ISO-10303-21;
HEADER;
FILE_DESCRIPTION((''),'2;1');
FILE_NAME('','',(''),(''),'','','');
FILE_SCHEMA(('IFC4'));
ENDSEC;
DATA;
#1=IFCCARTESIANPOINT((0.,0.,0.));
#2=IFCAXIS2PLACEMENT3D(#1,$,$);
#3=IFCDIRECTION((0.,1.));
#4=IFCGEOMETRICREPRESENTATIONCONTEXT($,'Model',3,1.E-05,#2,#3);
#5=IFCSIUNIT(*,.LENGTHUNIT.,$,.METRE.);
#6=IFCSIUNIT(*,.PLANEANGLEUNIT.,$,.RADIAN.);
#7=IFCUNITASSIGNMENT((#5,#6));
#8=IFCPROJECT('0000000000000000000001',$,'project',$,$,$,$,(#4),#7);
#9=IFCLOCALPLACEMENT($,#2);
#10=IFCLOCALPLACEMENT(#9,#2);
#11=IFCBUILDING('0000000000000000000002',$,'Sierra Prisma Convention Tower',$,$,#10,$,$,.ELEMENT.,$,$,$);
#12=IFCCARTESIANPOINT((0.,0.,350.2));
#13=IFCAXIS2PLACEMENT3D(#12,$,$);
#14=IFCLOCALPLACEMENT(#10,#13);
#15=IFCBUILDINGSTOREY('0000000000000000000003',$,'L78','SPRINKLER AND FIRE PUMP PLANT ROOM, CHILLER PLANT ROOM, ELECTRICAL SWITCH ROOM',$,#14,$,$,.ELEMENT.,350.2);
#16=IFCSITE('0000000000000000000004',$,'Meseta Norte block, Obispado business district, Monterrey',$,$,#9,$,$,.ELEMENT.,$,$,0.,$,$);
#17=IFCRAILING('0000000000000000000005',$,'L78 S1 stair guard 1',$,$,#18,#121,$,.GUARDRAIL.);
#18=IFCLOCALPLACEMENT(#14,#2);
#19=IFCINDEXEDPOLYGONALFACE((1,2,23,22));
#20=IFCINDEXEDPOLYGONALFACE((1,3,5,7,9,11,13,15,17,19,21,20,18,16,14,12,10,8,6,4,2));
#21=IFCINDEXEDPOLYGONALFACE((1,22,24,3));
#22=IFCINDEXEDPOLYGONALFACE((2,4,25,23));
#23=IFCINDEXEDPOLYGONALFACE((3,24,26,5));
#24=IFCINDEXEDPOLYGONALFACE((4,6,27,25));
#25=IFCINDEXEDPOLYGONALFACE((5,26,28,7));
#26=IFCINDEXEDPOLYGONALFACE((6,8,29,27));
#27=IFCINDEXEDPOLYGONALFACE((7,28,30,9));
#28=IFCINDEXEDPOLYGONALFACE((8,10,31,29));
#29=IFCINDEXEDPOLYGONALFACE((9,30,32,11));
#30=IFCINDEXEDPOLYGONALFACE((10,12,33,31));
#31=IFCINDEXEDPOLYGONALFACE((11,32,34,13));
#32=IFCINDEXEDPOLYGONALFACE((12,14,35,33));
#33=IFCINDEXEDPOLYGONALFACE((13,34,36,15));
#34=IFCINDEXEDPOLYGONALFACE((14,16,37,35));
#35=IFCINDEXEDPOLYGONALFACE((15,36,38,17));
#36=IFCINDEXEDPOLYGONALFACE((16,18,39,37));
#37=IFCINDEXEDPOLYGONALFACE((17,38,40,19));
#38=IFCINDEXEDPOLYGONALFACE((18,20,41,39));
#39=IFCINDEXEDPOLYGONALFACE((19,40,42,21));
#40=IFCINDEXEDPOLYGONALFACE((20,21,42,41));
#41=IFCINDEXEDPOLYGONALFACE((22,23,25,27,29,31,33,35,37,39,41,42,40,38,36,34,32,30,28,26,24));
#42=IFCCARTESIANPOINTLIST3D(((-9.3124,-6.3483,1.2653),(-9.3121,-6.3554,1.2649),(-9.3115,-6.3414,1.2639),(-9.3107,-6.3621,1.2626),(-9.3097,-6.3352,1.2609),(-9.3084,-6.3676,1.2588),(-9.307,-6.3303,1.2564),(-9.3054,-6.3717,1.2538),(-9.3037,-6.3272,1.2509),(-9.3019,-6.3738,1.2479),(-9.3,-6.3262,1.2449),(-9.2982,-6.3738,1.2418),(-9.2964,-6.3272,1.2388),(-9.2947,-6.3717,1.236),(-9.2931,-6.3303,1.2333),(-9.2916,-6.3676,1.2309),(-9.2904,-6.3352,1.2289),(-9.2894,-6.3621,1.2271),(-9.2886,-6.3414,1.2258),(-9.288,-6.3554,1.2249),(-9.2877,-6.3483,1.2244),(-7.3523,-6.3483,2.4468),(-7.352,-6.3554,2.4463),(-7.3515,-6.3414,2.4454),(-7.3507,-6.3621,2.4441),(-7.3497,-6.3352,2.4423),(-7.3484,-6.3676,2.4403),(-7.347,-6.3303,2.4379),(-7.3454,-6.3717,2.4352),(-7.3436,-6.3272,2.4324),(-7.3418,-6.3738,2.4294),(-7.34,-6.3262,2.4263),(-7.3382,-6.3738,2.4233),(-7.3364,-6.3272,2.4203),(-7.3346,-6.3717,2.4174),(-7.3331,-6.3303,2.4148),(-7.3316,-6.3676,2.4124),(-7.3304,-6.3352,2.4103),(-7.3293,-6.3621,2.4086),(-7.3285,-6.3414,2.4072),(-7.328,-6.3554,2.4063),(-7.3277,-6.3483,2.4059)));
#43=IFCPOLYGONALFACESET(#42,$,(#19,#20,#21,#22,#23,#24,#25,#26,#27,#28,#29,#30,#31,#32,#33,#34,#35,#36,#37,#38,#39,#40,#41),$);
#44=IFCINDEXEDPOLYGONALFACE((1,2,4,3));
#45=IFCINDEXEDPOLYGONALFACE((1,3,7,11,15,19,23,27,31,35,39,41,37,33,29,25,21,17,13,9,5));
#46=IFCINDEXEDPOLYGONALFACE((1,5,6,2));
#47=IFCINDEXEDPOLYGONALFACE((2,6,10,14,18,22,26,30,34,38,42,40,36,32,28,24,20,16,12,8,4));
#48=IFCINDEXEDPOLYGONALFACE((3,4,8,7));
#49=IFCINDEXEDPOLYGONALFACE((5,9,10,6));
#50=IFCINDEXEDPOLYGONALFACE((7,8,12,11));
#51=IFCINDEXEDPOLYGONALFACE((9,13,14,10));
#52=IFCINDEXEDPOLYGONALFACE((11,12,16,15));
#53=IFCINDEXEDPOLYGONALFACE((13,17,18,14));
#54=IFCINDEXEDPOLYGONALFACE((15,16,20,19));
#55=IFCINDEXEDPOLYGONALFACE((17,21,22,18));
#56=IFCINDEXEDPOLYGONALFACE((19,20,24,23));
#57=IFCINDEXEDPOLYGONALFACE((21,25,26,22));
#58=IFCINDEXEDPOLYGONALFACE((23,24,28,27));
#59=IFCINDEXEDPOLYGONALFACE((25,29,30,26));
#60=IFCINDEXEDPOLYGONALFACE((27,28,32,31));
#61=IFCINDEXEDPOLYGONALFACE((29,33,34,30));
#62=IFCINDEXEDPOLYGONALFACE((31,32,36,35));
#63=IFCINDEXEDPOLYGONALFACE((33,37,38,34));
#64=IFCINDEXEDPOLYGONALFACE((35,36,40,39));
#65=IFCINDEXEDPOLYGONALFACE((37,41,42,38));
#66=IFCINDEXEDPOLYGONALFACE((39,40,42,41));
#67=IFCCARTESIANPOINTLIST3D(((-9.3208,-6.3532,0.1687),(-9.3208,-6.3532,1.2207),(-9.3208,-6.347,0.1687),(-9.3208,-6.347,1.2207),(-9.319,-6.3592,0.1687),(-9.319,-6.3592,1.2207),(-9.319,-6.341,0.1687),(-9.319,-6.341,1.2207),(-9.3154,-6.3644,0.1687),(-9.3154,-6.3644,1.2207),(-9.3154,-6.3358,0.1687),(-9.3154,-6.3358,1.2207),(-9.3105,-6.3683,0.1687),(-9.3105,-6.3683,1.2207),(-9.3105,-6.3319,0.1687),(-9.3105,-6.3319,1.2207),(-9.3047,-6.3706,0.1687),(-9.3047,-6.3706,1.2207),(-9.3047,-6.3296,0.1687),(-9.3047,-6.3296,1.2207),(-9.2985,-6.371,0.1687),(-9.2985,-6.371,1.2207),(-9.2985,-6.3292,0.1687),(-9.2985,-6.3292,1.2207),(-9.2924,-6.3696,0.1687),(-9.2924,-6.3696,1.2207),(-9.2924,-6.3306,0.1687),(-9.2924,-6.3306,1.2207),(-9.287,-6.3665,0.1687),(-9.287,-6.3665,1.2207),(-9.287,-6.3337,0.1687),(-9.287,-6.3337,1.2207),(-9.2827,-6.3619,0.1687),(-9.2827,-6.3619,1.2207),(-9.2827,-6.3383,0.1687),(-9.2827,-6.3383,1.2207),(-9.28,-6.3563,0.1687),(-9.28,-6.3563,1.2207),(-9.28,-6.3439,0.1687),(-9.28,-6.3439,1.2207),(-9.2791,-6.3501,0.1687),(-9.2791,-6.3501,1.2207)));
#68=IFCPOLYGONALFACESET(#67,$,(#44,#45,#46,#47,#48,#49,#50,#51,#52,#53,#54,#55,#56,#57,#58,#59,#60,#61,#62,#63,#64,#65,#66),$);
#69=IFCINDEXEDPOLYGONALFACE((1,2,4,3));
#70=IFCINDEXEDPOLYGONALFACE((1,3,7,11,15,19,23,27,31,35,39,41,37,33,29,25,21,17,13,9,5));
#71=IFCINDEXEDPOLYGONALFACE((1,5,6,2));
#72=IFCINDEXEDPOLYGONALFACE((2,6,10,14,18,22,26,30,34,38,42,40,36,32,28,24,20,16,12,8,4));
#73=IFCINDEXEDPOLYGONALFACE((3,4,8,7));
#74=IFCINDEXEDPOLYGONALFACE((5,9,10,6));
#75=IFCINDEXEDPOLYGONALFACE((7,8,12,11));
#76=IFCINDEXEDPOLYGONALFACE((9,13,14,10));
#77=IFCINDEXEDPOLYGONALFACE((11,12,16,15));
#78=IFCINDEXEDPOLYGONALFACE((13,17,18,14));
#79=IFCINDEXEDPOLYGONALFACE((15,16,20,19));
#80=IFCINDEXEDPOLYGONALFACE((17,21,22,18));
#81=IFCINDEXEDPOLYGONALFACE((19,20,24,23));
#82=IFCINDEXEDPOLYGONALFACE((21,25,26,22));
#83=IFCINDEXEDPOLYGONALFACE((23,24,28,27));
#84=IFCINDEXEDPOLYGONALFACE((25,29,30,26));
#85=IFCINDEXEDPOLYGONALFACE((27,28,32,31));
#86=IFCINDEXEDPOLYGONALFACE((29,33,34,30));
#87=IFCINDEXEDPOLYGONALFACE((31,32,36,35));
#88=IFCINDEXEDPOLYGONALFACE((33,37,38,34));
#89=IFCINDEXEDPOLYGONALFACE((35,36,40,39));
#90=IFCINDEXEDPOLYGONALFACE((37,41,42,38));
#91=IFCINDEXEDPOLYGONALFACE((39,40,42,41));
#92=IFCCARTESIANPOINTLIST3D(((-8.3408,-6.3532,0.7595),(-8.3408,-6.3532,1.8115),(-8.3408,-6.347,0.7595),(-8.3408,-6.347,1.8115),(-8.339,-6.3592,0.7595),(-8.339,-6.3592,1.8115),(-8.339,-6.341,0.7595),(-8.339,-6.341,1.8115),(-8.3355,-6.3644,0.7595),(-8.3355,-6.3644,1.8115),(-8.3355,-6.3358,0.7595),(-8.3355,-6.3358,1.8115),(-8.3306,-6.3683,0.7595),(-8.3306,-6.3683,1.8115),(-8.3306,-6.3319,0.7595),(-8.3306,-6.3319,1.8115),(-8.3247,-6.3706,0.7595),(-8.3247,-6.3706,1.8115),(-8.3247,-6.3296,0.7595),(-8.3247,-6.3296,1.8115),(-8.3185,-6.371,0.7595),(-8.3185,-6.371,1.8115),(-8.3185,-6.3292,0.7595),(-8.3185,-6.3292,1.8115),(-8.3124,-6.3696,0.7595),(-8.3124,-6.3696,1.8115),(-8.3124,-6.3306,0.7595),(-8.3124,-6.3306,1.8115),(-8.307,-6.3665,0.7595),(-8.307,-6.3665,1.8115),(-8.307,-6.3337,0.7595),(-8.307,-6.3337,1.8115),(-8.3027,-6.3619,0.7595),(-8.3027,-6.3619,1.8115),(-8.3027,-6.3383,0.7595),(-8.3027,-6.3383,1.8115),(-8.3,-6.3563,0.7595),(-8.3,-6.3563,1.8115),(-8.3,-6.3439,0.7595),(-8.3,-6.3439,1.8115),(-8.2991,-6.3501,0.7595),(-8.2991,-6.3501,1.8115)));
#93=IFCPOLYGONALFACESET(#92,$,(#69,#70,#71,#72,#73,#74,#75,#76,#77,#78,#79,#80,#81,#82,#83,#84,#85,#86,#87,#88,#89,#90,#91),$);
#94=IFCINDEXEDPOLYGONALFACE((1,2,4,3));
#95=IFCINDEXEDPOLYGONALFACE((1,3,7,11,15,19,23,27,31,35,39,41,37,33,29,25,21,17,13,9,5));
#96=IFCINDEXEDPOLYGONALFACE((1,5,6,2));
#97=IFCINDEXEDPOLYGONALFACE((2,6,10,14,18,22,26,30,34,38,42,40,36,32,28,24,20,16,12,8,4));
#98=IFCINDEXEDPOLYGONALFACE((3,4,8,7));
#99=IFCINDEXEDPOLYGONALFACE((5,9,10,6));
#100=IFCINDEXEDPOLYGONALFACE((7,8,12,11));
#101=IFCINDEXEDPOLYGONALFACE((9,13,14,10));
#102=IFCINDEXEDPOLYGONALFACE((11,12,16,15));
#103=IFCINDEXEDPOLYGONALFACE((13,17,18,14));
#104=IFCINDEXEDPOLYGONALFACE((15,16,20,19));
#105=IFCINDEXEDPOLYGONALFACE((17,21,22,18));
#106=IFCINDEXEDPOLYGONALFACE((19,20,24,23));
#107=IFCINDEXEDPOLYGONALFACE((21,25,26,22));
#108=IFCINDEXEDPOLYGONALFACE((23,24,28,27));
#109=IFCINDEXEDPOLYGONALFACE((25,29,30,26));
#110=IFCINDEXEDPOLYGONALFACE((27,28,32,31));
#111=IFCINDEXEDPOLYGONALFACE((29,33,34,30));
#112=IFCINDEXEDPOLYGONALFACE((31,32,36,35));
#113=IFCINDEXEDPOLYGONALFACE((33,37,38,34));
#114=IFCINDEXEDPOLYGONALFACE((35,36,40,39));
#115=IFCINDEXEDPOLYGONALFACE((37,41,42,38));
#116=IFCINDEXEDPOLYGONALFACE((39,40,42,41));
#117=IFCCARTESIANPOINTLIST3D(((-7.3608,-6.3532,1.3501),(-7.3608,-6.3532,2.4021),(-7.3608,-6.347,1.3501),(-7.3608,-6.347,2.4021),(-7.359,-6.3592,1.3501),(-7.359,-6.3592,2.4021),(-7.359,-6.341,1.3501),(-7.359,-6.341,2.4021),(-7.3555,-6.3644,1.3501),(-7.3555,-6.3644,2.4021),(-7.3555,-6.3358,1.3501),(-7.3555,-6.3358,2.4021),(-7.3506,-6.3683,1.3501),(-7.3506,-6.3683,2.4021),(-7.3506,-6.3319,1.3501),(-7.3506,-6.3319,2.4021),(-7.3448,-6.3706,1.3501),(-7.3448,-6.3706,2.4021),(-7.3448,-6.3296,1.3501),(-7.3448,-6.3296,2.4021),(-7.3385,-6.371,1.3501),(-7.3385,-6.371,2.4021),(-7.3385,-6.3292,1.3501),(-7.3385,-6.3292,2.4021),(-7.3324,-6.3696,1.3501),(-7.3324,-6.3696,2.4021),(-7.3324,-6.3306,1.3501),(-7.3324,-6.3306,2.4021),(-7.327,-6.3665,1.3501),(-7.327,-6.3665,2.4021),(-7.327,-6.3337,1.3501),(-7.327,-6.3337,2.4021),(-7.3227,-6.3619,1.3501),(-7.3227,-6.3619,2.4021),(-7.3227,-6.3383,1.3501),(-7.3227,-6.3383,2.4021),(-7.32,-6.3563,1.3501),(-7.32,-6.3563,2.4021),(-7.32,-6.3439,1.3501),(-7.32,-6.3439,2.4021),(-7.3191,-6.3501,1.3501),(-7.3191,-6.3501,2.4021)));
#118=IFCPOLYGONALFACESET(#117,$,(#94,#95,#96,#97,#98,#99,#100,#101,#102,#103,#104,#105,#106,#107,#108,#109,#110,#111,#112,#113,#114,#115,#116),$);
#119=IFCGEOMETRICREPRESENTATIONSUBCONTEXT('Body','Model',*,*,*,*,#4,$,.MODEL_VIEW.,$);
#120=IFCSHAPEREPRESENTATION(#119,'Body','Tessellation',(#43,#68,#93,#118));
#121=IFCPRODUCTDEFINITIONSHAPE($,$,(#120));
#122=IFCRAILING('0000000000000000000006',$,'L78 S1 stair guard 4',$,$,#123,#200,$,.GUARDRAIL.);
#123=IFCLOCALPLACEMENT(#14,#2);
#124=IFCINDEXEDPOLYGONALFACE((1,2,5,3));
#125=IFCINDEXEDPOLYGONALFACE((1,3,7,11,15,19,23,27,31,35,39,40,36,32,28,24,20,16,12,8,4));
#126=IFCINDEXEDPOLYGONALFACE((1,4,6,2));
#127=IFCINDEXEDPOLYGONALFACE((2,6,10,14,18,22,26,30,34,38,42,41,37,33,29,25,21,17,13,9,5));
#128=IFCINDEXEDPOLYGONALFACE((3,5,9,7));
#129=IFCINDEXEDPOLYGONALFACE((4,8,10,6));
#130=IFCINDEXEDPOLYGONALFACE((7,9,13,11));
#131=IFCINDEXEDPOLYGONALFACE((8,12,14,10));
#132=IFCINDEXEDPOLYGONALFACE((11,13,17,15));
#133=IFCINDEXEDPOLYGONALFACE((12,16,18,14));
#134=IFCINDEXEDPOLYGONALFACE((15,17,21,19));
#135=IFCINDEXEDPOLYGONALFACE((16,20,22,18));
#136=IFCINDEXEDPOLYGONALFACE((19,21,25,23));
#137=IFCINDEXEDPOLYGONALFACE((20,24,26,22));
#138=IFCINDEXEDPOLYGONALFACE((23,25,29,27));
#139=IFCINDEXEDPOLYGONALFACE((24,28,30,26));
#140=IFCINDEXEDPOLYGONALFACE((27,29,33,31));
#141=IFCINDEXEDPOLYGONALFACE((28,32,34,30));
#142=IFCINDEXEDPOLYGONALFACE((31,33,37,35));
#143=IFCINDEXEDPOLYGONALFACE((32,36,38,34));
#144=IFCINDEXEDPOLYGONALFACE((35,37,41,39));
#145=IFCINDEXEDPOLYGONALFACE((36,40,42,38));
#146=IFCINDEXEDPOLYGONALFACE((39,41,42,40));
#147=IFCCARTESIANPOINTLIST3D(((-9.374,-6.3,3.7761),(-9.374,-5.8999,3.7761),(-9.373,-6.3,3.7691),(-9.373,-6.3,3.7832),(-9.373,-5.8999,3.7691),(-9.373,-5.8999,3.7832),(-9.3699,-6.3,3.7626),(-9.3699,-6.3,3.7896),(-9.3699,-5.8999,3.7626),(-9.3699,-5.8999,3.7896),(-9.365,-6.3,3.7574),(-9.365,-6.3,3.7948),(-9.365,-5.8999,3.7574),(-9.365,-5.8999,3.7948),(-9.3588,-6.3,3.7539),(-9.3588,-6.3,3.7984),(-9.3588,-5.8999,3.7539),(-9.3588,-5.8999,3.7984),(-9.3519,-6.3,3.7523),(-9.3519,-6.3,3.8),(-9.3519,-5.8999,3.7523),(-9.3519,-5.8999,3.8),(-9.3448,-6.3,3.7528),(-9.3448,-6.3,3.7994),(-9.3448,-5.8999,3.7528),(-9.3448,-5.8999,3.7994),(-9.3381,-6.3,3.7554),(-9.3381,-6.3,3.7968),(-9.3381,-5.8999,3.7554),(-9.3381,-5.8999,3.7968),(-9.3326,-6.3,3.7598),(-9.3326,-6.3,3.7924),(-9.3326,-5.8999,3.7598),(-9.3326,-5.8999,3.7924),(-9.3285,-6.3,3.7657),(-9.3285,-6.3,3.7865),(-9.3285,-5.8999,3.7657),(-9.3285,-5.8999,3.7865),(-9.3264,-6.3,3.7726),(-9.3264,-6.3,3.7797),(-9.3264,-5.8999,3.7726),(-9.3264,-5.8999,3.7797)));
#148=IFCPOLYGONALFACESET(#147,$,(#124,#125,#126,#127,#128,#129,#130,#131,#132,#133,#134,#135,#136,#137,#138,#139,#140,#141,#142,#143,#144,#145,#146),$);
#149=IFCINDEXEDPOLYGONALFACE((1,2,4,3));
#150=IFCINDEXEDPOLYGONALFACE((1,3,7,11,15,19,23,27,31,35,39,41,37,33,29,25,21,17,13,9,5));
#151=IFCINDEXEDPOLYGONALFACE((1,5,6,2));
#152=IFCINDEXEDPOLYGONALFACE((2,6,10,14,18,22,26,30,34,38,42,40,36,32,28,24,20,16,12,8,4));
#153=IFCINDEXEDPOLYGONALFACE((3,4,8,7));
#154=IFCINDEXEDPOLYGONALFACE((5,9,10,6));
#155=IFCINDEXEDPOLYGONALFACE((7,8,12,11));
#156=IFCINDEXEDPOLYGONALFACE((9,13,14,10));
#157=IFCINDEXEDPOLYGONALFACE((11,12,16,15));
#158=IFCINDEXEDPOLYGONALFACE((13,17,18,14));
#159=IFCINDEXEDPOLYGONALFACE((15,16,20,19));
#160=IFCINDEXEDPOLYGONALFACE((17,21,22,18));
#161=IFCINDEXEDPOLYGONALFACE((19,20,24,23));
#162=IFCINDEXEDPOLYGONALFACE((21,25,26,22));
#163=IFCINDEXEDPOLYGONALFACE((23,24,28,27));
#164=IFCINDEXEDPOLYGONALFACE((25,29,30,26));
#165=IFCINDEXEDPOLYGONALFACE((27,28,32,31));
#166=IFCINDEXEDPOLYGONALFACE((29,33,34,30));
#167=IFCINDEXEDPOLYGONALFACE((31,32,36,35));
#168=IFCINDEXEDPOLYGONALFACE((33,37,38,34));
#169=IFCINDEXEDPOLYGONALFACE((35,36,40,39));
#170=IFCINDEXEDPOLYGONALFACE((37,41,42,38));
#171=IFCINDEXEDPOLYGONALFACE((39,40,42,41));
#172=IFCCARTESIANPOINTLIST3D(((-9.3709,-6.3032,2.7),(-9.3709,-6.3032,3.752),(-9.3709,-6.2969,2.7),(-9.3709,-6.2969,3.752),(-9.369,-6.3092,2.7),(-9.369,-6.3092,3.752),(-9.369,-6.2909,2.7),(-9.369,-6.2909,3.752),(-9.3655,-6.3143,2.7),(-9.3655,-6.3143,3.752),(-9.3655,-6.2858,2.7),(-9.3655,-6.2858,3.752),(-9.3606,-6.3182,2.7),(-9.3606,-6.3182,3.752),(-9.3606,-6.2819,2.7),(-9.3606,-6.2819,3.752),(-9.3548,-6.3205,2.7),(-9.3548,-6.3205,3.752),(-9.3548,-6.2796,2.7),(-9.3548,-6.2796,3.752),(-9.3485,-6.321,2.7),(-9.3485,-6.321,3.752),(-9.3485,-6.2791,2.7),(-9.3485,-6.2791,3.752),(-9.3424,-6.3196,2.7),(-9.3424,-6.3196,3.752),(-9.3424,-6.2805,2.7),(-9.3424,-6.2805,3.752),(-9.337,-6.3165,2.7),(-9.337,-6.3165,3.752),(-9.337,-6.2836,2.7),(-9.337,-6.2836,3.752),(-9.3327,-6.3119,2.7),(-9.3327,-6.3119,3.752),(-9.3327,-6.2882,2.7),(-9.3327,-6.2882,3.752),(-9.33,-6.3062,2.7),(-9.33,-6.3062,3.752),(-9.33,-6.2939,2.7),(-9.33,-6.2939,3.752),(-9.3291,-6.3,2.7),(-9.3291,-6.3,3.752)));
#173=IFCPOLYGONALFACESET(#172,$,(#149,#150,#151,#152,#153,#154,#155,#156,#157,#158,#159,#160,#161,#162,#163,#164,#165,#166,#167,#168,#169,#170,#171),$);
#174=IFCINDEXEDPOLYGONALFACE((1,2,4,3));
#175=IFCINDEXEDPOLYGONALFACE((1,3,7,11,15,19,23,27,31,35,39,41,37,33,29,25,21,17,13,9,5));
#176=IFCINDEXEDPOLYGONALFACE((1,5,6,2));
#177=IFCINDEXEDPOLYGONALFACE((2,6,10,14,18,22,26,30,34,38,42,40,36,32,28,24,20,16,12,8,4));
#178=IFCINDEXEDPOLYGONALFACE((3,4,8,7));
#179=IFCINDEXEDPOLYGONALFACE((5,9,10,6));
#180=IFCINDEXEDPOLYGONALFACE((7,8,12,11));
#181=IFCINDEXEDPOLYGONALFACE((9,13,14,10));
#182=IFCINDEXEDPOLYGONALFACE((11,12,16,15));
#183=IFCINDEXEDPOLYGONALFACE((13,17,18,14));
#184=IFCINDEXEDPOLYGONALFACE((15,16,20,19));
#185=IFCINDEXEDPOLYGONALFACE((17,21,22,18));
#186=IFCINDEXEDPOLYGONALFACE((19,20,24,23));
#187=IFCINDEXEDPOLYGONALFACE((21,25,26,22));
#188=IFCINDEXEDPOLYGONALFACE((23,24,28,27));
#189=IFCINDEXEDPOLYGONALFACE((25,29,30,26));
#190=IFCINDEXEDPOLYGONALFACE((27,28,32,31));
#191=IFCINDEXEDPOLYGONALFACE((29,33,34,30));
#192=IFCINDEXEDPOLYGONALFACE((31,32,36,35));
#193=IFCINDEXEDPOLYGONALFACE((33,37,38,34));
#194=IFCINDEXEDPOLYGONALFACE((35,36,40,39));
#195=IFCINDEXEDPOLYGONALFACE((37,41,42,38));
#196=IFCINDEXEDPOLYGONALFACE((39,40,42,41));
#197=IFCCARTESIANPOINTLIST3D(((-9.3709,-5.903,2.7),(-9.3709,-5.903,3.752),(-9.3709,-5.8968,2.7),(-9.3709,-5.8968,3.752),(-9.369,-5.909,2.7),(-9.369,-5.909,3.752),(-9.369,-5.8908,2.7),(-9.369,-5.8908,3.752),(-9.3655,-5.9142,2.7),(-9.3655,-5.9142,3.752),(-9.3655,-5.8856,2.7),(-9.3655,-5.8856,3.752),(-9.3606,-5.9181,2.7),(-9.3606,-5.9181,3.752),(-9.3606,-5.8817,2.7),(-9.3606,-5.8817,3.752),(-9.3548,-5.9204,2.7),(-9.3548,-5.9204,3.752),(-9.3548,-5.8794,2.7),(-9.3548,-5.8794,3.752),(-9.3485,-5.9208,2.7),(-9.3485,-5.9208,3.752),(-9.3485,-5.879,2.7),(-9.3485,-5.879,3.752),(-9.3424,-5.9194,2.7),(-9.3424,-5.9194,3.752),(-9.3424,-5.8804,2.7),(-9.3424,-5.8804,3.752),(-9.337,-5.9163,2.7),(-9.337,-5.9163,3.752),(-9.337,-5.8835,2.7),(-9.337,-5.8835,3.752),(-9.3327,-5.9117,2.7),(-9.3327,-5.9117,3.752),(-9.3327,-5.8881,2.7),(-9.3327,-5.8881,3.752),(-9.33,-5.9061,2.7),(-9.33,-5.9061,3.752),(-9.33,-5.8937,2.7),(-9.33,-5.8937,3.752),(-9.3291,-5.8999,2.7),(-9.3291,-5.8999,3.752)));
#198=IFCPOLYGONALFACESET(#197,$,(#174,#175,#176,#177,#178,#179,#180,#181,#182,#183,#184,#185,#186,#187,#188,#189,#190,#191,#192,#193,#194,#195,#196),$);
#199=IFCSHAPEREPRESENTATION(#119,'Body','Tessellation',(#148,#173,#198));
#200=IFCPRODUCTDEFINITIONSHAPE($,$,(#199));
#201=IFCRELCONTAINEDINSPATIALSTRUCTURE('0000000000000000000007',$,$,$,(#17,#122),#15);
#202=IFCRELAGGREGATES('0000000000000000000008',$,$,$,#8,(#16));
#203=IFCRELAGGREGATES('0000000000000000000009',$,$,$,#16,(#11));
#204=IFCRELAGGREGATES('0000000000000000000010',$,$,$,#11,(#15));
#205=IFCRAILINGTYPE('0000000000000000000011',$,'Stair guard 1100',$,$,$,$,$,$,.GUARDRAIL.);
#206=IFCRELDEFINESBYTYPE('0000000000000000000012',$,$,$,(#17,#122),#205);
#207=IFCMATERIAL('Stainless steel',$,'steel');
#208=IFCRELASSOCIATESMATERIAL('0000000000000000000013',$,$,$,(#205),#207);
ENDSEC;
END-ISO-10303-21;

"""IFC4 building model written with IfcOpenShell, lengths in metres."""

from ifc_helpers import new_model, si_unit, direction, frame, origin, origin_2d, place, context, subcontext, project, spatial, circle, extrude, material, type_object, element, save


model = new_model("IFC4")

# Units and contexts
model_context = context("Model", 3, precision=1e-05, world=origin(), true_north=direction((0.0, 1.0)))
body_context = subcontext(model_context, "Body", "Model", "MODEL_VIEW")
ifc_project = project(units=[si_unit("LENGTHUNIT", "METRE"), si_unit("PLANEANGLEUNIT", "RADIAN")], contexts=[model_context])

# Site, building, storey
site_placement = place(None, origin())
site = spatial("IfcSite", under=ifc_project, at=site_placement, Name="Meseta Norte block, Obispado business district, Monterrey", CompositionType="ELEMENT", RefElevation=0.0)
building_placement = place(site_placement, origin())
building = spatial("IfcBuilding", under=site, at=building_placement, Name="Sierra Prisma Convention Tower", CompositionType="ELEMENT")
storey_placement = place(building_placement, frame((0.0, 0.0, 350.2)))
storey = spatial("IfcBuildingStorey", under=building, at=storey_placement, Name="L78", Description="SPRINKLER AND FIRE PUMP PLANT ROOM, CHILLER PLANT ROOM, ELECTRICAL SWITCH ROOM", CompositionType="ELEMENT", Elevation=350.2)

# Railings
ifc_material_1 = material(Name="Stainless steel", Category="steel")
railing_type = type_object("IfcRailingType", Name="Stair guard 1100", PredefinedType="GUARDRAIL", material=ifc_material_1)
railing_1_placement = place(storey_placement, frame((-9.3, -6.3501, 0.1687)))
element("IfcRailing", 1, at=railing_1_placement, inside=storey, type_object=railing_type, Name="L78 S1 stair guard 1", PredefinedType="GUARDRAIL", context=body_context, shape_type="SweptSolid", body=[
    extrude(circle(Radius=0.0239, at=origin_2d()), frame((0.0, 0.0, 1.0762), z_axis=(0.856446, 0.0, 0.516236), x_axis=(0.0, 1.0, 0.0)), (0.0, 0.0, 1.0), 2.2886),
    extrude(circle(Radius=0.021, at=origin_2d()), origin(), (0.0, 0.0, 1.0), 1.052),
    extrude(circle(Radius=0.021, at=origin_2d()), frame((0.98, 0.0, 0.5908)), (0.0, 0.0, 1.0), 1.052),
    extrude(circle(Radius=0.021, at=origin_2d()), frame((1.96, 0.0, 1.1814)), (0.0, 0.0, 1.0), 1.052),
])
railing_2_placement = place(storey_placement, frame((-9.3501, -6.3, 2.7)))
element("IfcRailing", 2, at=railing_2_placement, inside=storey, type_object=railing_type, Name="L78 S1 stair guard 4", PredefinedType="GUARDRAIL", context=body_context, shape_type="SweptSolid", body=[
    extrude(circle(Radius=0.0239, at=origin_2d()), frame((0.0, 0.0, 1.0762), z_axis=(0.0, 1.0, 0.0), x_axis=(-1.0, 0.0, 0.0)), (0.0, 0.0, 1.0), 0.4001),
    extrude(circle(Radius=0.021, at=origin_2d()), origin(), (0.0, 0.0, 1.0), 1.052),
    extrude(circle(Radius=0.021, at=origin_2d()), frame((0.0, 0.4001, 0.0)), (0.0, 0.0, 1.0), 1.052),
])

save(model, "model.ifc")
